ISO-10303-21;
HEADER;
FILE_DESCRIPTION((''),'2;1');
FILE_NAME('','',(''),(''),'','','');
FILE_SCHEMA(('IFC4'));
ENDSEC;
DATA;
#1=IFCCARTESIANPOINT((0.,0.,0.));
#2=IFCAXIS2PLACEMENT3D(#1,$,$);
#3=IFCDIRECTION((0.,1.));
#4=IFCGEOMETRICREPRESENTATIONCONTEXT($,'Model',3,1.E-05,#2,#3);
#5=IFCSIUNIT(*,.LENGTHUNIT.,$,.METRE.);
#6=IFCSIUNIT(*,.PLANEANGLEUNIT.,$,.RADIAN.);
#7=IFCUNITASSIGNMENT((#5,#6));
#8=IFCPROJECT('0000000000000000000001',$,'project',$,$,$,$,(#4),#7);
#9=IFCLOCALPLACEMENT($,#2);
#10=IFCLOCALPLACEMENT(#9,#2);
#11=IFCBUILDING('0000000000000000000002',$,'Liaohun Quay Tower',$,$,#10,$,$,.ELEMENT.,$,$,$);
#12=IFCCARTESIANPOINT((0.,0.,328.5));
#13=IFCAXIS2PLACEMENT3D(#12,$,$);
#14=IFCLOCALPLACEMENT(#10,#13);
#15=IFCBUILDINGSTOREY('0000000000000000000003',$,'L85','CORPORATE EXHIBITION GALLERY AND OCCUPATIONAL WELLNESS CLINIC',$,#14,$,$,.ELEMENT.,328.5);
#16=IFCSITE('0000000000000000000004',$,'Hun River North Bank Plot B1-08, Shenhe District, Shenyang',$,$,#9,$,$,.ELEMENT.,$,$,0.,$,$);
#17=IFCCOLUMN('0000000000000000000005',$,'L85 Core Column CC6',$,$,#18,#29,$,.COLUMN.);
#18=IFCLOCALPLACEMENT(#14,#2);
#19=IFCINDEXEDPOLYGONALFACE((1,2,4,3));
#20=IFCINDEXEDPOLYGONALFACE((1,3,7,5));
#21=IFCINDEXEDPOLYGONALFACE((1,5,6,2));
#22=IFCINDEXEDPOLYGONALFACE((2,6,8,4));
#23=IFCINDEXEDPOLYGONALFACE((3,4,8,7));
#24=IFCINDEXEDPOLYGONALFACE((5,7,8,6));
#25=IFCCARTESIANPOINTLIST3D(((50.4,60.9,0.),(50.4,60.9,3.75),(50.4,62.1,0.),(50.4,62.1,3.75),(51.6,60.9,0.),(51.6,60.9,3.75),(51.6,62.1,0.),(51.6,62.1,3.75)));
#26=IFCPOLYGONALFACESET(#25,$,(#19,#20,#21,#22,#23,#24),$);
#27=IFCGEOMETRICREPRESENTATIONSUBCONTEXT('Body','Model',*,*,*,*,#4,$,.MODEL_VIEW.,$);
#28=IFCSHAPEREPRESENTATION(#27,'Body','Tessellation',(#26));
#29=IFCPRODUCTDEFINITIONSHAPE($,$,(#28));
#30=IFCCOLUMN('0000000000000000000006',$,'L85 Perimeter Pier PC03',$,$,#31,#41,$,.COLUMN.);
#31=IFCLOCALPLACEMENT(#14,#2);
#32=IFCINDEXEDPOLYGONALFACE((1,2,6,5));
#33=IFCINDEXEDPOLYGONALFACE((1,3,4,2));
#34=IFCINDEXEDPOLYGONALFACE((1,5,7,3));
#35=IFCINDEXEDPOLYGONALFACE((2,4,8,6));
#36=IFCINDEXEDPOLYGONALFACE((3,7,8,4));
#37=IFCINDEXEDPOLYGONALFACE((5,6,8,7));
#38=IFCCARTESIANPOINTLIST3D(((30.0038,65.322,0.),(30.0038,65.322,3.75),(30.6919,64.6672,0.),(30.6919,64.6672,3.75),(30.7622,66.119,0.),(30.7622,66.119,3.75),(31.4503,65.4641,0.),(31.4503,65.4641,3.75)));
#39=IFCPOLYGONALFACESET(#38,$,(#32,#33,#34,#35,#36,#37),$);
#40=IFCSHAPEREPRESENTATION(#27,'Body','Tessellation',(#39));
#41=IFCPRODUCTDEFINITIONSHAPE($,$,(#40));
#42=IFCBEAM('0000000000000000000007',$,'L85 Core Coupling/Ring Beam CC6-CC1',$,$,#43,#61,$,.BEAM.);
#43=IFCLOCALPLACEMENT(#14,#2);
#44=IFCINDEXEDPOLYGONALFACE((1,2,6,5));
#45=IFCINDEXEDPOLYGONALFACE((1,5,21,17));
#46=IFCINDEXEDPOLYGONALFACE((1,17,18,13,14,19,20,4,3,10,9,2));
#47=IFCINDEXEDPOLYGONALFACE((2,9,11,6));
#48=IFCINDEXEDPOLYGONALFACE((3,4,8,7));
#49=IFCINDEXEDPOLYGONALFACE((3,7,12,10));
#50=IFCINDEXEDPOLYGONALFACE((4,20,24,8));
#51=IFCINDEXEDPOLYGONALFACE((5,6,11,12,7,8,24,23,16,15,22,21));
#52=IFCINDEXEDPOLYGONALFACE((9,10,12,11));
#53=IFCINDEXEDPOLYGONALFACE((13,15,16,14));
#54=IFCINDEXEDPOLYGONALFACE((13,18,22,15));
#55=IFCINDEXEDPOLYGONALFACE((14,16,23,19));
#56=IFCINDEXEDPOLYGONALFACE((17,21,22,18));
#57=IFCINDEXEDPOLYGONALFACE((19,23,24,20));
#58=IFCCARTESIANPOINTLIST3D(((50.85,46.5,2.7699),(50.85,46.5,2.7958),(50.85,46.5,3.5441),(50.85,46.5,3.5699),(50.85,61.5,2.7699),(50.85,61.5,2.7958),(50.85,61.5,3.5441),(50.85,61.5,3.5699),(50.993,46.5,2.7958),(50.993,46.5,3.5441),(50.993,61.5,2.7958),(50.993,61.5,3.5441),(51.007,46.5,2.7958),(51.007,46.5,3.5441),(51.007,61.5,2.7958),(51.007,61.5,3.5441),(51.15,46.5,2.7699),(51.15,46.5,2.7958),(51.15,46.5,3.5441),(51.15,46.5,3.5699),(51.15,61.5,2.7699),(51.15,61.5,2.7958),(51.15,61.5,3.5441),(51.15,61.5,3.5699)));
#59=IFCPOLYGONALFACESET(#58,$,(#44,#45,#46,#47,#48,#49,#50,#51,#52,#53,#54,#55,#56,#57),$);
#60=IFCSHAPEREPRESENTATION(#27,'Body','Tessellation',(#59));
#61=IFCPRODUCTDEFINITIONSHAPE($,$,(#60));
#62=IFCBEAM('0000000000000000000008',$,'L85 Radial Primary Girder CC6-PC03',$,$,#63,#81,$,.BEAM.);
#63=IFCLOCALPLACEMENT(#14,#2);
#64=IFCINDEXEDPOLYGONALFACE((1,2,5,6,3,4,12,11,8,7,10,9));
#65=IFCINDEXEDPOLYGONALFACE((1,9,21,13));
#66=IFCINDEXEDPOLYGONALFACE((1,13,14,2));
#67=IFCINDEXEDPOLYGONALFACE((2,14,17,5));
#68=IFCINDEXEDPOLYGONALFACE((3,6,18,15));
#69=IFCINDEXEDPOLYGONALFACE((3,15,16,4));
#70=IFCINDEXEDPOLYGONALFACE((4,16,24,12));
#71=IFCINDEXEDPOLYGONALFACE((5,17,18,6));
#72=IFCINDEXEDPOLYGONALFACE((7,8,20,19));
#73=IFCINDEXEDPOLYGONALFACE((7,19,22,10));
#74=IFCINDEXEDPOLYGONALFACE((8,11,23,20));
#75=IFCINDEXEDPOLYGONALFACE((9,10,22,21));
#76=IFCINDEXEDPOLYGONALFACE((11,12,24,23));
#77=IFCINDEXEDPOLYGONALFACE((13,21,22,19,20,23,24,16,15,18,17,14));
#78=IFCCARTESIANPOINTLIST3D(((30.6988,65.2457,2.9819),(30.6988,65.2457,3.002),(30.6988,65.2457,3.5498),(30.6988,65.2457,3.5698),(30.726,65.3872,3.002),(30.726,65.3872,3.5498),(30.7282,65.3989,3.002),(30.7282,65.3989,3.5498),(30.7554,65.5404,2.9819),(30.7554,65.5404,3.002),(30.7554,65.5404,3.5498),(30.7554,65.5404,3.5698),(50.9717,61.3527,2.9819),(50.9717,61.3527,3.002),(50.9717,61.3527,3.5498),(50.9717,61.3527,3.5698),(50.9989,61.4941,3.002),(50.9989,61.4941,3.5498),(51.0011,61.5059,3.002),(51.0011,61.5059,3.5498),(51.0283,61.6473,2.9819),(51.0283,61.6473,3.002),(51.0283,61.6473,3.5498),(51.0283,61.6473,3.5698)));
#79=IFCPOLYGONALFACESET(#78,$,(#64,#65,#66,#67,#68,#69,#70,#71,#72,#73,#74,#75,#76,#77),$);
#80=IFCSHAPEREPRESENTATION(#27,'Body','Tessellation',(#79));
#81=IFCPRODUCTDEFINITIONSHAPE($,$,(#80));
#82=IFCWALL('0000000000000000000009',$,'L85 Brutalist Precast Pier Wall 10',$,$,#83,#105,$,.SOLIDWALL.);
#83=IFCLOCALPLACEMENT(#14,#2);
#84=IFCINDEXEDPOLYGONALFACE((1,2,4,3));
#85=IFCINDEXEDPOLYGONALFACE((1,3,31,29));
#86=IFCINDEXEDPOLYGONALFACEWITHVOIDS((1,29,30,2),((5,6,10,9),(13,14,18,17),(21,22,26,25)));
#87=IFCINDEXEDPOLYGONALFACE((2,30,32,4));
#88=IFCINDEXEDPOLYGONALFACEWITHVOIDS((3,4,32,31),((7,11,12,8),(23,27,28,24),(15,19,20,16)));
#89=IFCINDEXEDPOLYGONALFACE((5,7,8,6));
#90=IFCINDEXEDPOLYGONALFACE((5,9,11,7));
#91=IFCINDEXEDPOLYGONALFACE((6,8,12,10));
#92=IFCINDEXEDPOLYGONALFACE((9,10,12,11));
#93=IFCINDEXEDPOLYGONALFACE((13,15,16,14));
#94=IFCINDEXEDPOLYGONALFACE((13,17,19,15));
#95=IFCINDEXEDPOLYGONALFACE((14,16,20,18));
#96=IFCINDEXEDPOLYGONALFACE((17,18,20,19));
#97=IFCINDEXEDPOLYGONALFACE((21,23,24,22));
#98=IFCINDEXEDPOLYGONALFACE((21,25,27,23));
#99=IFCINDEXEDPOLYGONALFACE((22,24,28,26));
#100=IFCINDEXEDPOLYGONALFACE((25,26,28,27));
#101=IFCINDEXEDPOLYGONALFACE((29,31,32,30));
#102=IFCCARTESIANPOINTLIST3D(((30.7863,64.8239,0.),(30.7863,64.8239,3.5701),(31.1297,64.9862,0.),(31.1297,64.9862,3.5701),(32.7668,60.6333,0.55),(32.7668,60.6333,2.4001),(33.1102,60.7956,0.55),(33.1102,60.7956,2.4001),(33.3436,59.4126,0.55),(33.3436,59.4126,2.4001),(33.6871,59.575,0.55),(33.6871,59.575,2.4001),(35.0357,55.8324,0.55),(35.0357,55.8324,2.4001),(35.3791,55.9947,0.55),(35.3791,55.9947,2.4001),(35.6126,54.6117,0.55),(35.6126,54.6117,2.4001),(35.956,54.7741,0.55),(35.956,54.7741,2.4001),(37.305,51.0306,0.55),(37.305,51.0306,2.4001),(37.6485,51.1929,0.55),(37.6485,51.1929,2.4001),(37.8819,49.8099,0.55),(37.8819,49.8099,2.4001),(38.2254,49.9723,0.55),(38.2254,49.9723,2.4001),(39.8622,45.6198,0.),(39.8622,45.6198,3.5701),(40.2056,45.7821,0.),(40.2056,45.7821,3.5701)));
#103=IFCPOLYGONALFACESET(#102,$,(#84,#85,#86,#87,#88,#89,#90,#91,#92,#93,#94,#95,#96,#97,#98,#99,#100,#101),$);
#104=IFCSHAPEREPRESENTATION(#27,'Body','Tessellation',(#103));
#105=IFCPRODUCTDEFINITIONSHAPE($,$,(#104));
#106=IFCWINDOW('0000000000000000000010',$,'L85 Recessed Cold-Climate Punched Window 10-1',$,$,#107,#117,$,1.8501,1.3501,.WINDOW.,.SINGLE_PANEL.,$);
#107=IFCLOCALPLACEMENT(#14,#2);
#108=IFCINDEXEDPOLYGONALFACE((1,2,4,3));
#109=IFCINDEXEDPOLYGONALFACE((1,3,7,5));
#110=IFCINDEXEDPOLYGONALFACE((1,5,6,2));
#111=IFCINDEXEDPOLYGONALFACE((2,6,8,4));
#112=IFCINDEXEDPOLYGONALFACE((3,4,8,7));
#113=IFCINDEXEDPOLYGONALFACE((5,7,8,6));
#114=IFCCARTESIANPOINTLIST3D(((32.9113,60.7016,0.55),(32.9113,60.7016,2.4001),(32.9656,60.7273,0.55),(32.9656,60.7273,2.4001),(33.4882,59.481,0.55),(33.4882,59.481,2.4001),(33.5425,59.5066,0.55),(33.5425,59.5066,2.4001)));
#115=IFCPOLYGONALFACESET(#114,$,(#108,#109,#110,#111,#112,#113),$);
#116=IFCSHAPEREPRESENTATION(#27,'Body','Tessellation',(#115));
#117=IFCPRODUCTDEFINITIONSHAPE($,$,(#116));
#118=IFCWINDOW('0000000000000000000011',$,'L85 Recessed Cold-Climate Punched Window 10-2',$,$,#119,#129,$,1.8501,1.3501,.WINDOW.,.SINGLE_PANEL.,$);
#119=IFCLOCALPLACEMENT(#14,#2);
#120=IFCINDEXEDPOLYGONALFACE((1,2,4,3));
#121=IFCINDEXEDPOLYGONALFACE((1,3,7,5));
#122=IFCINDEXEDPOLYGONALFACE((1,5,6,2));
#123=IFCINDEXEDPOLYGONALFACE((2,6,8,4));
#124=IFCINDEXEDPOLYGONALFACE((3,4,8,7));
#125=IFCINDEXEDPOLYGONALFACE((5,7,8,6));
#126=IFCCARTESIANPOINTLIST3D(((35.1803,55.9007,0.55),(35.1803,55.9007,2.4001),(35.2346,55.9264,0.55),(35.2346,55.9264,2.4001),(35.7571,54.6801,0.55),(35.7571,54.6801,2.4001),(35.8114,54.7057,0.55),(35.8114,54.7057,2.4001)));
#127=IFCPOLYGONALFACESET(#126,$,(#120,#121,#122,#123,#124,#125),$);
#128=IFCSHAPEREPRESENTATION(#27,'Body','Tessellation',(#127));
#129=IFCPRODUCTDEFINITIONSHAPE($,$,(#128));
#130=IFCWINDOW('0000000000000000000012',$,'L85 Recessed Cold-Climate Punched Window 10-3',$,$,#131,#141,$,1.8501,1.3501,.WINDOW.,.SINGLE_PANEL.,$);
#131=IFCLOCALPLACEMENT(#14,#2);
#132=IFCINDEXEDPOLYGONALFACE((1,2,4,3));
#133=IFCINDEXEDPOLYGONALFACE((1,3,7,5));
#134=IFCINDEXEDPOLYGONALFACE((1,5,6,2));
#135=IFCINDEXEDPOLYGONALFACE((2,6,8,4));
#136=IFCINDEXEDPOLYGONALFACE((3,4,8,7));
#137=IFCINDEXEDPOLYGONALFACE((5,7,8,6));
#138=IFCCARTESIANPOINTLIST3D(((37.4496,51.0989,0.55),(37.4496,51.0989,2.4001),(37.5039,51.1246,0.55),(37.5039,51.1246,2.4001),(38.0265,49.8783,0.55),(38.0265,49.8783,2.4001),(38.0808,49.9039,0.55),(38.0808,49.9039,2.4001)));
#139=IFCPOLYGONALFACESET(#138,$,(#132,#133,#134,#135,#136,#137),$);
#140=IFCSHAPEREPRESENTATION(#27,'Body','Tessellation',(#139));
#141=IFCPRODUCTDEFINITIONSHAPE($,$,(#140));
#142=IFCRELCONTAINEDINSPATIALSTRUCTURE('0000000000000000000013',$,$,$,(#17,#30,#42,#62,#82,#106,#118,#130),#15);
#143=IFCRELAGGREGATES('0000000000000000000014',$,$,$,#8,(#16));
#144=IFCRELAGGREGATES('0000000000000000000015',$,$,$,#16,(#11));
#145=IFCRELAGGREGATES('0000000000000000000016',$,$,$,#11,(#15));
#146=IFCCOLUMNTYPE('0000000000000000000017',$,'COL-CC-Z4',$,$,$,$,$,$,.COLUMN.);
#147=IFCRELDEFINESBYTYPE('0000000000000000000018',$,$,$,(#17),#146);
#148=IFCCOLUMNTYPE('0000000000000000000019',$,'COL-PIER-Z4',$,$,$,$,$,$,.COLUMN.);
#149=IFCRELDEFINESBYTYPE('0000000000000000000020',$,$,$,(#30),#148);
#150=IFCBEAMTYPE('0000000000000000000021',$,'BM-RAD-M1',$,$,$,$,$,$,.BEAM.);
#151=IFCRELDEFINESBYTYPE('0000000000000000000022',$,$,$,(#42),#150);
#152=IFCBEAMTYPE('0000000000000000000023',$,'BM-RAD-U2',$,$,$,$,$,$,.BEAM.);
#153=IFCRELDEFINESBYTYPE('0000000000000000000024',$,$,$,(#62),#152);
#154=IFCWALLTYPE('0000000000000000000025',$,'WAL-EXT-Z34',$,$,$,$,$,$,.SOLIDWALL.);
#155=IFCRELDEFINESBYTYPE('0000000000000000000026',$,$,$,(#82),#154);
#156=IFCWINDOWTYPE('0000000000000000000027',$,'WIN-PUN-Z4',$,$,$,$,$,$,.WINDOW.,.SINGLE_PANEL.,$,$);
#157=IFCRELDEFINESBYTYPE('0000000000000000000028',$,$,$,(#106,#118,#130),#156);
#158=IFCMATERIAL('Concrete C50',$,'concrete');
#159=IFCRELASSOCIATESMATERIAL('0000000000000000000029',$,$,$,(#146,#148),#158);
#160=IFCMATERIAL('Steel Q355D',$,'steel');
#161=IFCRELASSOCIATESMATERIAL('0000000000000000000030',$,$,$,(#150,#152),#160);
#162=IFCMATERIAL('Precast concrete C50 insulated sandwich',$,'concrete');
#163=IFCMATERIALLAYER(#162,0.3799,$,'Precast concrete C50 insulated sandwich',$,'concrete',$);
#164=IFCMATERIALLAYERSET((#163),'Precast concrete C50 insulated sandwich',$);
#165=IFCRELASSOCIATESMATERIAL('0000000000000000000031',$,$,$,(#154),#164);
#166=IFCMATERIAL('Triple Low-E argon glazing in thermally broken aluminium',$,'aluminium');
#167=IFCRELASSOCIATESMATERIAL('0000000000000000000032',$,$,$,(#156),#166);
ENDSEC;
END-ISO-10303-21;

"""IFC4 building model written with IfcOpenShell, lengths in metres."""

from ifc_helpers import new_model, si_unit, direction, frame, frame_2d, origin, origin_2d, place, context, subcontext, project, spatial, rectangle, i_section, extrude, source, transform, mapped, material, layer, layer_set, material_profile, profile_set, type_object, element, fill, save


model = new_model("IFC4")

# Units and contexts
model_context = context("Model", 3, precision=1e-05, world=origin(), true_north=direction((0.0, 1.0)))
body_context = subcontext(model_context, "Body", "Model", "MODEL_VIEW")
ifc_project = project(units=[si_unit("LENGTHUNIT", "METRE"), si_unit("PLANEANGLEUNIT", "RADIAN")], contexts=[model_context])

# Site, building, storey
site_placement = place(None, origin())
site = spatial("IfcSite", under=ifc_project, at=site_placement, Name="Hun River North Bank Plot B1-08, Shenhe District, Shenyang", CompositionType="ELEMENT", RefElevation=0.0)
building_placement = place(site_placement, origin())
building = spatial("IfcBuilding", under=site, at=building_placement, Name="Liaohun Quay Tower", CompositionType="ELEMENT")
storey_placement = place(building_placement, frame((0.0, 0.0, 328.5)))
storey = spatial("IfcBuildingStorey", under=building, at=storey_placement, Name="L85", Description="CORPORATE EXHIBITION GALLERY AND OCCUPATIONAL WELLNESS CLINIC", CompositionType="ELEMENT", Elevation=328.5)

# Columns
ifc_material_1 = material(Name="Concrete C50", Category="concrete")
ifc_material_profile_1 = material_profile(ifc_material_1, rectangle(XDim=1.2, YDim=1.2, at=origin_2d()), Name="RC1200x1200")
ifc_profile_set_1 = profile_set([ifc_material_profile_1], Name="Concrete C50")
column_type_1 = type_object("IfcColumnType", Name="COL-CC-Z4", PredefinedType="COLUMN", material=ifc_profile_set_1)
shared_shape_1 = source(origin(), body_context, "Body", "SweptSolid", [
    extrude(rectangle(XDim=1.2, YDim=1.2, at=origin_2d()), origin(), (0.0, 0.0, 1.0), 3.75),
])
column_1_placement = place(storey_placement, frame((51.0, 61.5, 0.0), z_axis=(0.0, 0.0, 1.0), x_axis=(1.0, 0.0, 0.0)))
element("IfcColumn", 1, at=column_1_placement, inside=storey, type_object=column_type_1, Name="L85 Core Column CC6", PredefinedType="COLUMN", context=body_context, shape_type="MappedRepresentation", body=[
    mapped(shared_shape_1, transform((0.0, 0.0, 0.0), x_axis=(1.0, 0.0, 0.0), y_axis=(0.0, 1.0, 0.0), z_axis=(0.0, 0.0, 1.0), scale=1.0)),
])
ifc_material_profile_2 = material_profile(ifc_material_1, rectangle(XDim=1.1001, YDim=0.95, at=origin_2d()), Name="RC1100x950")
ifc_profile_set_2 = profile_set([ifc_material_profile_2], Name="Concrete C50")
column_type_2 = type_object("IfcColumnType", Name="COL-PIER-Z4", PredefinedType="COLUMN", material=ifc_profile_set_2)
shared_shape_2 = source(origin(), body_context, "Body", "SweptSolid", [
    extrude(rectangle(XDim=1.1001, YDim=0.95, at=origin_2d()), origin(), (0.0, 0.0, 1.0), 3.75),
])
column_2_placement = place(storey_placement, frame((30.7271, 65.3931, 0.0), z_axis=(0.0, 0.0, 1.0), x_axis=(0.689367, 0.724413, 0.0)))
element("IfcColumn", 2, at=column_2_placement, inside=storey, type_object=column_type_2, Name="L85 Perimeter Pier PC03", PredefinedType="COLUMN", context=body_context, shape_type="MappedRepresentation", body=[
    mapped(shared_shape_2, transform((0.0, 0.0, 0.0), x_axis=(1.0, 0.0, 0.0), y_axis=(0.0, 1.0, 0.0), z_axis=(0.0, 0.0, 1.0), scale=1.0)),
])

# Beams
ifc_material_2 = material(Name="Steel Q355D", Category="steel")
ifc_material_profile_3 = material_profile(ifc_material_2, i_section(OverallWidth=0.3, OverallDepth=0.8, WebThickness=0.0139, FlangeThickness=0.0259, at=origin_2d()), Name="HN800x300x14x26")
ifc_profile_set_3 = profile_set([ifc_material_profile_3], Name="Steel Q355D")
beam_type_1 = type_object("IfcBeamType", Name="BM-RAD-M1", PredefinedType="BEAM", material=ifc_profile_set_3)
shared_shape_3 = source(origin(), body_context, "Body", "SweptSolid", [
    extrude(i_section(OverallWidth=0.3, OverallDepth=0.8, WebThickness=0.0139, FlangeThickness=0.0259, at=origin_2d()), origin(), (0.0, 0.0, 1.0), 15.0),
])
beam_1_placement = place(storey_placement, frame((51.0, 61.5, 3.1699), z_axis=(0.0, -1.0, 0.0), x_axis=(1.0, 0.0, 0.0)))
element("IfcBeam", 3, at=beam_1_placement, inside=storey, type_object=beam_type_1, Name="L85 Core Coupling/Ring Beam CC6-CC1", PredefinedType="BEAM", context=body_context, shape_type="MappedRepresentation", body=[
    mapped(shared_shape_3, transform((0.0, 0.0, 0.0), x_axis=(1.0, 0.0, 0.0), y_axis=(0.0, 1.0, 0.0), z_axis=(0.0, 0.0, 1.0), scale=1.0)),
])
ifc_material_profile_4 = material_profile(ifc_material_2, i_section(OverallWidth=0.3, OverallDepth=0.5879, WebThickness=0.012, FlangeThickness=0.02, at=origin_2d()), Name="HM588x300x12x20")
ifc_profile_set_4 = profile_set([ifc_material_profile_4], Name="Steel Q355D")
beam_type_2 = type_object("IfcBeamType", Name="BM-RAD-U2", PredefinedType="BEAM", material=ifc_profile_set_4)
shared_shape_4 = source(origin(), body_context, "Body", "SweptSolid", [
    extrude(i_section(OverallWidth=0.3, OverallDepth=0.5879, WebThickness=0.012, FlangeThickness=0.02, at=origin_2d()), origin(), (0.0, 0.0, 1.0), 20.6433),
])
beam_2_placement = place(storey_placement, frame((51.0, 61.5, 3.2759), z_axis=(-0.982057, 0.188587, 0.0), x_axis=(-0.188587, -0.982057, 0.0)))
element("IfcBeam", 4, at=beam_2_placement, inside=storey, type_object=beam_type_2, Name="L85 Radial Primary Girder CC6-PC03", PredefinedType="BEAM", context=body_context, shape_type="MappedRepresentation", body=[
    mapped(shared_shape_4, transform((0.0, 0.0, 0.0), x_axis=(1.0, 0.0, 0.0), y_axis=(0.0, 1.0, 0.0), z_axis=(0.0, 0.0, 1.0), scale=1.0)),
])

# Wall, openings, windows
ifc_material_3 = material(Name="Precast concrete C50 insulated sandwich", Category="concrete")
ifc_layer_1 = layer(ifc_material_3, 0.3799, Name="Precast concrete C50 insulated sandwich", Category="concrete")
ifc_layer_set_1 = layer_set([ifc_layer_1], Name="Precast concrete C50 insulated sandwich")
wall_type_1 = type_object("IfcWallType", Name="WAL-EXT-Z34", PredefinedType="SOLIDWALL", material=ifc_layer_set_1)
wall_1_placement = place(storey_placement, frame((30.958, 64.905, 0.0), z_axis=(0.0, 0.0, 1.0), x_axis=(0.427288, -0.904115, 0.0)))
wall_1 = element("IfcWall", 5, at=wall_1_placement, inside=storey, type_object=wall_type_1, Name="L85 Brutalist Precast Pier Wall 10", PredefinedType="SOLIDWALL", context=body_context, shape_type="SweptSolid", body=[
    extrude(rectangle(XDim=21.2407, YDim=0.3799, at=frame_2d((10.6204, 0.0))), origin(), (0.0, 0.0, 1.0), 3.5701),
])
shared_shape_5 = source(origin(), body_context, "Body", "SweptSolid", [
    extrude(rectangle(XDim=1.3501, YDim=1.8501, at=frame_2d((0.675, 0.925))), frame((0.0, 0.2, 0.0), z_axis=(0.0, -1.0, 0.0), x_axis=(1.0, 0.0, 0.0)), (0.0, 0.0, 1.0), 0.3999),
])
opening_1_placement = place(wall_1_placement, frame((4.635, 0.0, 0.55)))
opening_1 = element("IfcOpeningElement", 6, at=opening_1_placement, cuts=wall_1, PredefinedType="OPENING", context=body_context, shape_type="MappedRepresentation", body=[
    mapped(shared_shape_5, transform((0.0, 0.0, 0.0), x_axis=(1.0, 0.0, 0.0), y_axis=(0.0, 1.0, 0.0), z_axis=(0.0, 0.0, 1.0), scale=1.0)),
])
opening_2_placement = place(wall_1_placement, frame((9.9451, 0.0, 0.55)))
opening_2 = element("IfcOpeningElement", 7, at=opening_2_placement, cuts=wall_1, PredefinedType="OPENING", context=body_context, shape_type="MappedRepresentation", body=[
    mapped(shared_shape_5, transform((0.0, 0.0, 0.0), x_axis=(1.0, 0.0, 0.0), y_axis=(0.0, 1.0, 0.0), z_axis=(0.0, 0.0, 1.0), scale=1.0)),
])
opening_3_placement = place(wall_1_placement, frame((15.2561, 0.0, 0.55)))
opening_3 = element("IfcOpeningElement", 8, at=opening_3_placement, cuts=wall_1, PredefinedType="OPENING", context=body_context, shape_type="MappedRepresentation", body=[
    mapped(shared_shape_5, transform((0.0, 0.0, 0.0), x_axis=(1.0, 0.0, 0.0), y_axis=(0.0, 1.0, 0.0), z_axis=(0.0, 0.0, 1.0), scale=1.0)),
])
ifc_material_4 = material(Name="Triple Low-E argon glazing in thermally broken aluminium", Category="aluminium")
window_type = type_object("IfcWindowType", Name="WIN-PUN-Z4", PartitioningType="SINGLE_PANEL", PredefinedType="WINDOW", material=ifc_material_4)
shared_shape_6 = source(origin(), body_context, "Body", "SweptSolid", [
    extrude(rectangle(XDim=1.3501, YDim=1.8501, at=frame_2d((0.675, 0.925))), frame((0.0, 0.03, 0.0), z_axis=(0.0, -1.0, 0.0), x_axis=(1.0, 0.0, 0.0)), (0.0, 0.0, 1.0), 0.0601),
])
window_1_placement = place(opening_1_placement, origin())
window_1 = element("IfcWindow", 9, at=window_1_placement, inside=storey, type_object=window_type, Name="L85 Recessed Cold-Climate Punched Window 10-1", OverallHeight=1.8501, OverallWidth=1.3501, PartitioningType="SINGLE_PANEL", PredefinedType="WINDOW", context=body_context, shape_type="MappedRepresentation", body=[
    mapped(shared_shape_6, transform((0.0, 0.0, 0.0), x_axis=(1.0, 0.0, 0.0), y_axis=(0.0, 1.0, 0.0), z_axis=(0.0, 0.0, 1.0), scale=1.0)),
])
fill(opening_1, window_1)
window_2_placement = place(opening_2_placement, origin())
window_2 = element("IfcWindow", 10, at=window_2_placement, inside=storey, type_object=window_type, Name="L85 Recessed Cold-Climate Punched Window 10-2", OverallHeight=1.8501, OverallWidth=1.3501, PartitioningType="SINGLE_PANEL", PredefinedType="WINDOW", context=body_context, shape_type="MappedRepresentation", body=[
    mapped(shared_shape_6, transform((0.0, 0.0, 0.0), x_axis=(1.0, 0.0, 0.0), y_axis=(0.0, 1.0, 0.0), z_axis=(0.0, 0.0, 1.0), scale=1.0)),
])
fill(opening_2, window_2)
window_3_placement = place(opening_3_placement, origin())
window_3 = element("IfcWindow", 11, at=window_3_placement, inside=storey, type_object=window_type, Name="L85 Recessed Cold-Climate Punched Window 10-3", OverallHeight=1.8501, OverallWidth=1.3501, PartitioningType="SINGLE_PANEL", PredefinedType="WINDOW", context=body_context, shape_type="MappedRepresentation", body=[
    mapped(shared_shape_6, transform((0.0, 0.0, 0.0), x_axis=(1.0, 0.0, 0.0), y_axis=(0.0, 1.0, 0.0), z_axis=(0.0, 0.0, 1.0), scale=1.0)),
])
fill(opening_3, window_3)

save(model, "model.ifc")
